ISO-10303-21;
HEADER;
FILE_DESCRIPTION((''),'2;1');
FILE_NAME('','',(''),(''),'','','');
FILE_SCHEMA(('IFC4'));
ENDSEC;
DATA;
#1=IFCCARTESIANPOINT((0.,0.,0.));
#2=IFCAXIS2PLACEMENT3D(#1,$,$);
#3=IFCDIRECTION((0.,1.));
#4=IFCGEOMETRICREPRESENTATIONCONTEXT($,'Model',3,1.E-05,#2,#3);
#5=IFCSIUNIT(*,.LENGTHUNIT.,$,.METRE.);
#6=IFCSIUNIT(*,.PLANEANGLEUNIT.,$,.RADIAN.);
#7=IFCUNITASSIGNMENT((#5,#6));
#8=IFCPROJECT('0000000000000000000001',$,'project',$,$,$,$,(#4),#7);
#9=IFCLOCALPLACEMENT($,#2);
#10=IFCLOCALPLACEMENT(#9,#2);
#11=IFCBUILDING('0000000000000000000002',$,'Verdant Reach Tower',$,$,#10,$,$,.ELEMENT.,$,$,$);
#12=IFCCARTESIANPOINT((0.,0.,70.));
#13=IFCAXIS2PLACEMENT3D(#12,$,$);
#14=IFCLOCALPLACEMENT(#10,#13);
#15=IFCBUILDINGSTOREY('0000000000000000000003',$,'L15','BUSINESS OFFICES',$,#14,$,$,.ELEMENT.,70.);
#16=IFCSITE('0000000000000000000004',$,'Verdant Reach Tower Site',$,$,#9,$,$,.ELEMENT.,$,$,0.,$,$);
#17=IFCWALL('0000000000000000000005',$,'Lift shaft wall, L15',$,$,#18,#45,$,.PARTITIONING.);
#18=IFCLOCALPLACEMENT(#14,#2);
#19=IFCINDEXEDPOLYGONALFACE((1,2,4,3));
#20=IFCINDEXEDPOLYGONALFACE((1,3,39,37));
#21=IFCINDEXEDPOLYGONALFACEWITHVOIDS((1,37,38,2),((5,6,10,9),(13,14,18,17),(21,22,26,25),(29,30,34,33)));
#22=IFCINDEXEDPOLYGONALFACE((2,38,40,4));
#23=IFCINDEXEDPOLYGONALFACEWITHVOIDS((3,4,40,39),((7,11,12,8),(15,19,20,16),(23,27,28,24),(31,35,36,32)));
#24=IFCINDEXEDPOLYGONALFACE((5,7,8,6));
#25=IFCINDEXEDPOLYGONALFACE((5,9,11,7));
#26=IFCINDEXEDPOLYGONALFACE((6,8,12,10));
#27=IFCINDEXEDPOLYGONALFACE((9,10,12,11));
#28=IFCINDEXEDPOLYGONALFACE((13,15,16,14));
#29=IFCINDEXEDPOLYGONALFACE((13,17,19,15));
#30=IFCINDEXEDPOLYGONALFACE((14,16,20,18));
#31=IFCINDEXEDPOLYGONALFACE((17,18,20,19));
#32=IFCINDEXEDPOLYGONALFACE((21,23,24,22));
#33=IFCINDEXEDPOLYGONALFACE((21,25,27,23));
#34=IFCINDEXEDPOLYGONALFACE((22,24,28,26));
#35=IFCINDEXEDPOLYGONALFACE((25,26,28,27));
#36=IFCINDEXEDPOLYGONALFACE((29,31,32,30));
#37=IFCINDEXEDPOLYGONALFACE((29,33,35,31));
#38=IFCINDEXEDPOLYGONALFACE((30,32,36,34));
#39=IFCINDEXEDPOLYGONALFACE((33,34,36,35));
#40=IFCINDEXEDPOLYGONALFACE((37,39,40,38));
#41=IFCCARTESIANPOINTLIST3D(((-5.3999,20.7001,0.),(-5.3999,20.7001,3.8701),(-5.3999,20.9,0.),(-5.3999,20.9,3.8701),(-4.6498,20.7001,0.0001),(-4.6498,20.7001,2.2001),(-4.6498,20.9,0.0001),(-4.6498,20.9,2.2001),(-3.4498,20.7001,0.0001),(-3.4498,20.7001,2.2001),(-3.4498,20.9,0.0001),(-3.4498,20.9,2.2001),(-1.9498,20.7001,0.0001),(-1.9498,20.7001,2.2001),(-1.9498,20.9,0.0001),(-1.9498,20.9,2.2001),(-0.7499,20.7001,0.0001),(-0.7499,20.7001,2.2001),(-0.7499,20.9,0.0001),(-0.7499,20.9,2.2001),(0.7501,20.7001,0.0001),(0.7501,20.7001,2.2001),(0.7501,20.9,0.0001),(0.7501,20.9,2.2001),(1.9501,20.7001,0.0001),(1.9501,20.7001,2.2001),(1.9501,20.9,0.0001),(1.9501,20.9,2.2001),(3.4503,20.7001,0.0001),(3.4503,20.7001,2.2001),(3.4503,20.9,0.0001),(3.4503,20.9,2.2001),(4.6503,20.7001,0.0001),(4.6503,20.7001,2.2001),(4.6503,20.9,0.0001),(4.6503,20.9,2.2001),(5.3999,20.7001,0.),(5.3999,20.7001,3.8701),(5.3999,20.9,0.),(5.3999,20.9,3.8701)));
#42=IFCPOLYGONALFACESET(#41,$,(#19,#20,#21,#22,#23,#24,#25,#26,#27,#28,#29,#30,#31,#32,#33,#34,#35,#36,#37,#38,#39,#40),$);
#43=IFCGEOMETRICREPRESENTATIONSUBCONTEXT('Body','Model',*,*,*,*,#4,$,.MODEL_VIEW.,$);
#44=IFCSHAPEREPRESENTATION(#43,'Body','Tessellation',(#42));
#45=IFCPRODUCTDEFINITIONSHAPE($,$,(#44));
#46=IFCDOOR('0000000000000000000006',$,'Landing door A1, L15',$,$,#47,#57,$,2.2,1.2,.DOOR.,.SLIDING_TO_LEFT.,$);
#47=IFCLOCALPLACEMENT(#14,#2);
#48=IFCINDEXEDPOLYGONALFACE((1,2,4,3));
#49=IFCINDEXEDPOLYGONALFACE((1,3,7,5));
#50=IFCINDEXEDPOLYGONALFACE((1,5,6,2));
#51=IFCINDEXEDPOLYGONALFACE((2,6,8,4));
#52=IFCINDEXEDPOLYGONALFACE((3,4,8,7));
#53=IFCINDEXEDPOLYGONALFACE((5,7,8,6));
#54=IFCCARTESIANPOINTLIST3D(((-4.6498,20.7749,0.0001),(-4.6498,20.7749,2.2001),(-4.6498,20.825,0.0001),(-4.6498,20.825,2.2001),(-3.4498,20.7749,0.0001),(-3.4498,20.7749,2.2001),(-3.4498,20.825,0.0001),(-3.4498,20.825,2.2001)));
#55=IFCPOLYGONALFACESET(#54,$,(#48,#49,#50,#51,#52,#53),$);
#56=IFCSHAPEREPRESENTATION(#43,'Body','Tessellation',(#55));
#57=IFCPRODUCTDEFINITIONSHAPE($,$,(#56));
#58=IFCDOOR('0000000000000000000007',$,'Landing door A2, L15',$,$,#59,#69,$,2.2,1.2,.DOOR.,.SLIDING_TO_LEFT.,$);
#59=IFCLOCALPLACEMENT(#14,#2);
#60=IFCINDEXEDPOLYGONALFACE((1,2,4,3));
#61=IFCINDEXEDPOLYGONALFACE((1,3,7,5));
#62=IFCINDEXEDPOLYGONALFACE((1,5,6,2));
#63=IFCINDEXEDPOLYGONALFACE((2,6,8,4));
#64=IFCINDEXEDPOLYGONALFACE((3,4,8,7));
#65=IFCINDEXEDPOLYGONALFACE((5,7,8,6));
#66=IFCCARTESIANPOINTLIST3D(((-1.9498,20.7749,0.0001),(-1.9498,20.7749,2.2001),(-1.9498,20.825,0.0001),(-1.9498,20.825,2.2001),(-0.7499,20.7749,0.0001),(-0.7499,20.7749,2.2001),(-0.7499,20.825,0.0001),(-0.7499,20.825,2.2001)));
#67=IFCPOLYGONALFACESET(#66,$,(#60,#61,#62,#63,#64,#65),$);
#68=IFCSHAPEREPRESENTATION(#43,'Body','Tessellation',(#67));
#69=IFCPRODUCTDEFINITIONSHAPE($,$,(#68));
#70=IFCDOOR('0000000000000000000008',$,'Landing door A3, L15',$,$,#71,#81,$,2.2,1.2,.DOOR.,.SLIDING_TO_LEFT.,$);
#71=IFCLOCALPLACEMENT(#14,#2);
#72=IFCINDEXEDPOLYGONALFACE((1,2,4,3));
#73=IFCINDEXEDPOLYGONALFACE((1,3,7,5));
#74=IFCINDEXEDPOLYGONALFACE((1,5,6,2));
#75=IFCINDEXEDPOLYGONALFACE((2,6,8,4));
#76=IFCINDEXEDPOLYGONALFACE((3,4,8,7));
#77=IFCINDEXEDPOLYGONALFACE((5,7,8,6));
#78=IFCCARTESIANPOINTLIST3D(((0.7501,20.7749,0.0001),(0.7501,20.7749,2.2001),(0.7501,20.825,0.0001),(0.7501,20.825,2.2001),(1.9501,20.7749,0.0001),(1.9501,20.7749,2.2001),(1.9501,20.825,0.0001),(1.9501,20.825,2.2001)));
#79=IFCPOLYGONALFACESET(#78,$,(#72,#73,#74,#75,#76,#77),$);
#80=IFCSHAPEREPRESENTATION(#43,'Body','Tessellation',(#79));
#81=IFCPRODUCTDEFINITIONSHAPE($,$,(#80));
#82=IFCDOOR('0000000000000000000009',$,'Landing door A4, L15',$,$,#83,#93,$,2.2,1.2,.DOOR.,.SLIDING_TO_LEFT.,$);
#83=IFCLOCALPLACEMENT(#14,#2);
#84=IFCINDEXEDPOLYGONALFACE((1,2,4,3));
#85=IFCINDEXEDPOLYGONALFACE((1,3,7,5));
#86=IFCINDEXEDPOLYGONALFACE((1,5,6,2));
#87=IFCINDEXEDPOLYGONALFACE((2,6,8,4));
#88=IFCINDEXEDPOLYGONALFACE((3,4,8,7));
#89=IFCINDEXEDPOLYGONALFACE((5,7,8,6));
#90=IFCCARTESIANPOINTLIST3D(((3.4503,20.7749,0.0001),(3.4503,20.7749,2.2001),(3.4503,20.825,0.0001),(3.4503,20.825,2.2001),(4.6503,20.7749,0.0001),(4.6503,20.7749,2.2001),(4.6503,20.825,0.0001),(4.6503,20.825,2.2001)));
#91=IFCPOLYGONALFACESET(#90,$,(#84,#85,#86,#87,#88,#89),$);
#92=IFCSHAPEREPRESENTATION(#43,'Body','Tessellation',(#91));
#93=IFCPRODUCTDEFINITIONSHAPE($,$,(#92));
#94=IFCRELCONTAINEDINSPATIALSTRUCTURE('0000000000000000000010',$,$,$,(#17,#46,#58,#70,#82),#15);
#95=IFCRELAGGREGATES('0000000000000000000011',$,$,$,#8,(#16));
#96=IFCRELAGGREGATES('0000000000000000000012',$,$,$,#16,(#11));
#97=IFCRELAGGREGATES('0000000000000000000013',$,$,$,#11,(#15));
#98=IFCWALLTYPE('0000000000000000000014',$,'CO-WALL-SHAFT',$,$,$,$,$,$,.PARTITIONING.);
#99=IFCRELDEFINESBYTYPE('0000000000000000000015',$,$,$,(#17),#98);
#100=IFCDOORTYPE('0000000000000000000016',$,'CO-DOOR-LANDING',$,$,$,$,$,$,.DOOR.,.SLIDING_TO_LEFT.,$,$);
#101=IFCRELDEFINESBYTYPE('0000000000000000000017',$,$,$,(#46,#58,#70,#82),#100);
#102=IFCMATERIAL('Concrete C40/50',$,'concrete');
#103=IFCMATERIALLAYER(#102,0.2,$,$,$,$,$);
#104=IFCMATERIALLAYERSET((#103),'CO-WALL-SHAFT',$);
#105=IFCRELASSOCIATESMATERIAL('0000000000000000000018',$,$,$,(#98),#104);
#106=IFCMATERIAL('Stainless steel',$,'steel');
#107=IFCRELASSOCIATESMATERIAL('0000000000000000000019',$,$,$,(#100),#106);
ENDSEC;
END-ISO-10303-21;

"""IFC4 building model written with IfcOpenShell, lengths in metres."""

from ifc_helpers import new_model, si_unit, direction, frame, frame_2d, origin, place, context, subcontext, project, spatial, rectangle, extrude, material, layer, layer_set, type_object, element, fill, save


model = new_model("IFC4")

# Units and contexts
model_context = context("Model", 3, precision=1e-05, world=origin(), true_north=direction((0.0, 1.0)))
body_context = subcontext(model_context, "Body", "Model", "MODEL_VIEW")
ifc_project = project(units=[si_unit("LENGTHUNIT", "METRE"), si_unit("PLANEANGLEUNIT", "RADIAN")], contexts=[model_context])

# Site, building, storey
site_placement = place(None, origin())
site = spatial("IfcSite", under=ifc_project, at=site_placement, Name="Verdant Reach Tower Site", CompositionType="ELEMENT", RefElevation=0.0)
building_placement = place(site_placement, origin())
building = spatial("IfcBuilding", under=site, at=building_placement, Name="Verdant Reach Tower", CompositionType="ELEMENT")
storey_placement = place(building_placement, frame((0.0, 0.0, 70.0)))
storey = spatial("IfcBuildingStorey", under=building, at=storey_placement, Name="L15", Description="BUSINESS OFFICES", CompositionType="ELEMENT", Elevation=70.0)

# Wall, openings, doors
ifc_material_1 = material(Name="Concrete C40/50", Category="concrete")
ifc_layer_1 = layer(ifc_material_1, 0.2)
ifc_layer_set_1 = layer_set([ifc_layer_1], Name="CO-WALL-SHAFT")
wall_type_1 = type_object("IfcWallType", Name="CO-WALL-SHAFT", PredefinedType="PARTITIONING", material=ifc_layer_set_1)
wall_1_placement = place(storey_placement, frame((-5.3999, 20.8, 0.0), z_axis=(0.0, 0.0, 1.0), x_axis=(1.0, 0.0, 0.0)))
wall_1 = element("IfcWall", 1, at=wall_1_placement, inside=storey, type_object=wall_type_1, Name="Lift shaft wall, L15", PredefinedType="PARTITIONING", context=body_context, shape_type="SweptSolid", body=[
    extrude(rectangle(XDim=10.7998, YDim=0.2, at=frame_2d((5.3999, 0.0))), origin(), (0.0, 0.0, 1.0), 3.8701),
])
opening_1_placement = place(wall_1_placement, frame((0.75, 0.0, 0.0)))
opening_1 = element("IfcOpeningElement", 2, at=opening_1_placement, cuts=wall_1, PredefinedType="OPENING", context=body_context, shape_type="SweptSolid", body=[
    extrude(rectangle(XDim=1.2, YDim=2.2, at=frame_2d((0.6001, 1.1001))), frame((0.0, 0.1099, 0.0), z_axis=(0.0, -1.0, 0.0), x_axis=(1.0, 0.0, 0.0)), (0.0, 0.0, 1.0), 0.22),
])
opening_2_placement = place(wall_1_placement, frame((3.45, 0.0, 0.0)))
opening_2 = element("IfcOpeningElement", 3, at=opening_2_placement, cuts=wall_1, PredefinedType="OPENING", context=body_context, shape_type="SweptSolid", body=[
    extrude(rectangle(XDim=1.2, YDim=2.2, at=frame_2d((0.6001, 1.1001))), frame((0.0, 0.1099, 0.0), z_axis=(0.0, -1.0, 0.0), x_axis=(1.0, 0.0, 0.0)), (0.0, 0.0, 1.0), 0.22),
])
opening_3_placement = place(wall_1_placement, frame((6.1499, 0.0, 0.0)))
opening_3 = element("IfcOpeningElement", 4, at=opening_3_placement, cuts=wall_1, PredefinedType="OPENING", context=body_context, shape_type="SweptSolid", body=[
    extrude(rectangle(XDim=1.2, YDim=2.2, at=frame_2d((0.6001, 1.1001))), frame((0.0, 0.1099, 0.0), z_axis=(0.0, -1.0, 0.0), x_axis=(1.0, 0.0, 0.0)), (0.0, 0.0, 1.0), 0.22),
])
opening_4_placement = place(wall_1_placement, frame((8.8501, 0.0, 0.0)))
opening_4 = element("IfcOpeningElement", 5, at=opening_4_placement, cuts=wall_1, PredefinedType="OPENING", context=body_context, shape_type="SweptSolid", body=[
    extrude(rectangle(XDim=1.2, YDim=2.2, at=frame_2d((0.6001, 1.1001))), frame((0.0, 0.1099, 0.0), z_axis=(0.0, -1.0, 0.0), x_axis=(1.0, 0.0, 0.0)), (0.0, 0.0, 1.0), 0.22),
])
ifc_material_2 = material(Name="Stainless steel", Category="steel")
door_type_1 = type_object("IfcDoorType", Name="CO-DOOR-LANDING", OperationType="SLIDING_TO_LEFT", PredefinedType="DOOR", material=ifc_material_2)
door_1_placement = place(opening_1_placement, origin())
door_1 = element("IfcDoor", 6, at=door_1_placement, inside=storey, type_object=door_type_1, Name="Landing door A1, L15", OperationType="SLIDING_TO_LEFT", OverallHeight=2.2, OverallWidth=1.2, PredefinedType="DOOR", context=body_context, shape_type="SweptSolid", body=[
    extrude(rectangle(XDim=1.2, YDim=2.2, at=frame_2d((0.6001, 1.1001))), frame((0.0, 0.0249, 0.0), z_axis=(0.0, -1.0, 0.0), x_axis=(1.0, 0.0, 0.0)), (0.0, 0.0, 1.0), 0.05),
])
fill(opening_1, door_1)
door_2_placement = place(opening_2_placement, origin())
door_2 = element("IfcDoor", 7, at=door_2_placement, inside=storey, type_object=door_type_1, Name="Landing door A2, L15", OperationType="SLIDING_TO_LEFT", OverallHeight=2.2, OverallWidth=1.2, PredefinedType="DOOR", context=body_context, shape_type="SweptSolid", body=[
    extrude(rectangle(XDim=1.2, YDim=2.2, at=frame_2d((0.6001, 1.1001))), frame((0.0, 0.0249, 0.0), z_axis=(0.0, -1.0, 0.0), x_axis=(1.0, 0.0, 0.0)), (0.0, 0.0, 1.0), 0.05),
])
fill(opening_2, door_2)
door_3_placement = place(opening_3_placement, origin())
door_3 = element("IfcDoor", 8, at=door_3_placement, inside=storey, type_object=door_type_1, Name="Landing door A3, L15", OperationType="SLIDING_TO_LEFT", OverallHeight=2.2, OverallWidth=1.2, PredefinedType="DOOR", context=body_context, shape_type="SweptSolid", body=[
    extrude(rectangle(XDim=1.2, YDim=2.2, at=frame_2d((0.6001, 1.1001))), frame((0.0, 0.0249, 0.0), z_axis=(0.0, -1.0, 0.0), x_axis=(1.0, 0.0, 0.0)), (0.0, 0.0, 1.0), 0.05),
])
fill(opening_3, door_3)
door_4_placement = place(opening_4_placement, origin())
door_4 = element("IfcDoor", 9, at=door_4_placement, inside=storey, type_object=door_type_1, Name="Landing door A4, L15", OperationType="SLIDING_TO_LEFT", OverallHeight=2.2, OverallWidth=1.2, PredefinedType="DOOR", context=body_context, shape_type="SweptSolid", body=[
    extrude(rectangle(XDim=1.2, YDim=2.2, at=frame_2d((0.6001, 1.1001))), frame((0.0, 0.0249, 0.0), z_axis=(0.0, -1.0, 0.0), x_axis=(1.0, 0.0, 0.0)), (0.0, 0.0, 1.0), 0.05),
])
fill(opening_4, door_4)

save(model, "model.ifc")
